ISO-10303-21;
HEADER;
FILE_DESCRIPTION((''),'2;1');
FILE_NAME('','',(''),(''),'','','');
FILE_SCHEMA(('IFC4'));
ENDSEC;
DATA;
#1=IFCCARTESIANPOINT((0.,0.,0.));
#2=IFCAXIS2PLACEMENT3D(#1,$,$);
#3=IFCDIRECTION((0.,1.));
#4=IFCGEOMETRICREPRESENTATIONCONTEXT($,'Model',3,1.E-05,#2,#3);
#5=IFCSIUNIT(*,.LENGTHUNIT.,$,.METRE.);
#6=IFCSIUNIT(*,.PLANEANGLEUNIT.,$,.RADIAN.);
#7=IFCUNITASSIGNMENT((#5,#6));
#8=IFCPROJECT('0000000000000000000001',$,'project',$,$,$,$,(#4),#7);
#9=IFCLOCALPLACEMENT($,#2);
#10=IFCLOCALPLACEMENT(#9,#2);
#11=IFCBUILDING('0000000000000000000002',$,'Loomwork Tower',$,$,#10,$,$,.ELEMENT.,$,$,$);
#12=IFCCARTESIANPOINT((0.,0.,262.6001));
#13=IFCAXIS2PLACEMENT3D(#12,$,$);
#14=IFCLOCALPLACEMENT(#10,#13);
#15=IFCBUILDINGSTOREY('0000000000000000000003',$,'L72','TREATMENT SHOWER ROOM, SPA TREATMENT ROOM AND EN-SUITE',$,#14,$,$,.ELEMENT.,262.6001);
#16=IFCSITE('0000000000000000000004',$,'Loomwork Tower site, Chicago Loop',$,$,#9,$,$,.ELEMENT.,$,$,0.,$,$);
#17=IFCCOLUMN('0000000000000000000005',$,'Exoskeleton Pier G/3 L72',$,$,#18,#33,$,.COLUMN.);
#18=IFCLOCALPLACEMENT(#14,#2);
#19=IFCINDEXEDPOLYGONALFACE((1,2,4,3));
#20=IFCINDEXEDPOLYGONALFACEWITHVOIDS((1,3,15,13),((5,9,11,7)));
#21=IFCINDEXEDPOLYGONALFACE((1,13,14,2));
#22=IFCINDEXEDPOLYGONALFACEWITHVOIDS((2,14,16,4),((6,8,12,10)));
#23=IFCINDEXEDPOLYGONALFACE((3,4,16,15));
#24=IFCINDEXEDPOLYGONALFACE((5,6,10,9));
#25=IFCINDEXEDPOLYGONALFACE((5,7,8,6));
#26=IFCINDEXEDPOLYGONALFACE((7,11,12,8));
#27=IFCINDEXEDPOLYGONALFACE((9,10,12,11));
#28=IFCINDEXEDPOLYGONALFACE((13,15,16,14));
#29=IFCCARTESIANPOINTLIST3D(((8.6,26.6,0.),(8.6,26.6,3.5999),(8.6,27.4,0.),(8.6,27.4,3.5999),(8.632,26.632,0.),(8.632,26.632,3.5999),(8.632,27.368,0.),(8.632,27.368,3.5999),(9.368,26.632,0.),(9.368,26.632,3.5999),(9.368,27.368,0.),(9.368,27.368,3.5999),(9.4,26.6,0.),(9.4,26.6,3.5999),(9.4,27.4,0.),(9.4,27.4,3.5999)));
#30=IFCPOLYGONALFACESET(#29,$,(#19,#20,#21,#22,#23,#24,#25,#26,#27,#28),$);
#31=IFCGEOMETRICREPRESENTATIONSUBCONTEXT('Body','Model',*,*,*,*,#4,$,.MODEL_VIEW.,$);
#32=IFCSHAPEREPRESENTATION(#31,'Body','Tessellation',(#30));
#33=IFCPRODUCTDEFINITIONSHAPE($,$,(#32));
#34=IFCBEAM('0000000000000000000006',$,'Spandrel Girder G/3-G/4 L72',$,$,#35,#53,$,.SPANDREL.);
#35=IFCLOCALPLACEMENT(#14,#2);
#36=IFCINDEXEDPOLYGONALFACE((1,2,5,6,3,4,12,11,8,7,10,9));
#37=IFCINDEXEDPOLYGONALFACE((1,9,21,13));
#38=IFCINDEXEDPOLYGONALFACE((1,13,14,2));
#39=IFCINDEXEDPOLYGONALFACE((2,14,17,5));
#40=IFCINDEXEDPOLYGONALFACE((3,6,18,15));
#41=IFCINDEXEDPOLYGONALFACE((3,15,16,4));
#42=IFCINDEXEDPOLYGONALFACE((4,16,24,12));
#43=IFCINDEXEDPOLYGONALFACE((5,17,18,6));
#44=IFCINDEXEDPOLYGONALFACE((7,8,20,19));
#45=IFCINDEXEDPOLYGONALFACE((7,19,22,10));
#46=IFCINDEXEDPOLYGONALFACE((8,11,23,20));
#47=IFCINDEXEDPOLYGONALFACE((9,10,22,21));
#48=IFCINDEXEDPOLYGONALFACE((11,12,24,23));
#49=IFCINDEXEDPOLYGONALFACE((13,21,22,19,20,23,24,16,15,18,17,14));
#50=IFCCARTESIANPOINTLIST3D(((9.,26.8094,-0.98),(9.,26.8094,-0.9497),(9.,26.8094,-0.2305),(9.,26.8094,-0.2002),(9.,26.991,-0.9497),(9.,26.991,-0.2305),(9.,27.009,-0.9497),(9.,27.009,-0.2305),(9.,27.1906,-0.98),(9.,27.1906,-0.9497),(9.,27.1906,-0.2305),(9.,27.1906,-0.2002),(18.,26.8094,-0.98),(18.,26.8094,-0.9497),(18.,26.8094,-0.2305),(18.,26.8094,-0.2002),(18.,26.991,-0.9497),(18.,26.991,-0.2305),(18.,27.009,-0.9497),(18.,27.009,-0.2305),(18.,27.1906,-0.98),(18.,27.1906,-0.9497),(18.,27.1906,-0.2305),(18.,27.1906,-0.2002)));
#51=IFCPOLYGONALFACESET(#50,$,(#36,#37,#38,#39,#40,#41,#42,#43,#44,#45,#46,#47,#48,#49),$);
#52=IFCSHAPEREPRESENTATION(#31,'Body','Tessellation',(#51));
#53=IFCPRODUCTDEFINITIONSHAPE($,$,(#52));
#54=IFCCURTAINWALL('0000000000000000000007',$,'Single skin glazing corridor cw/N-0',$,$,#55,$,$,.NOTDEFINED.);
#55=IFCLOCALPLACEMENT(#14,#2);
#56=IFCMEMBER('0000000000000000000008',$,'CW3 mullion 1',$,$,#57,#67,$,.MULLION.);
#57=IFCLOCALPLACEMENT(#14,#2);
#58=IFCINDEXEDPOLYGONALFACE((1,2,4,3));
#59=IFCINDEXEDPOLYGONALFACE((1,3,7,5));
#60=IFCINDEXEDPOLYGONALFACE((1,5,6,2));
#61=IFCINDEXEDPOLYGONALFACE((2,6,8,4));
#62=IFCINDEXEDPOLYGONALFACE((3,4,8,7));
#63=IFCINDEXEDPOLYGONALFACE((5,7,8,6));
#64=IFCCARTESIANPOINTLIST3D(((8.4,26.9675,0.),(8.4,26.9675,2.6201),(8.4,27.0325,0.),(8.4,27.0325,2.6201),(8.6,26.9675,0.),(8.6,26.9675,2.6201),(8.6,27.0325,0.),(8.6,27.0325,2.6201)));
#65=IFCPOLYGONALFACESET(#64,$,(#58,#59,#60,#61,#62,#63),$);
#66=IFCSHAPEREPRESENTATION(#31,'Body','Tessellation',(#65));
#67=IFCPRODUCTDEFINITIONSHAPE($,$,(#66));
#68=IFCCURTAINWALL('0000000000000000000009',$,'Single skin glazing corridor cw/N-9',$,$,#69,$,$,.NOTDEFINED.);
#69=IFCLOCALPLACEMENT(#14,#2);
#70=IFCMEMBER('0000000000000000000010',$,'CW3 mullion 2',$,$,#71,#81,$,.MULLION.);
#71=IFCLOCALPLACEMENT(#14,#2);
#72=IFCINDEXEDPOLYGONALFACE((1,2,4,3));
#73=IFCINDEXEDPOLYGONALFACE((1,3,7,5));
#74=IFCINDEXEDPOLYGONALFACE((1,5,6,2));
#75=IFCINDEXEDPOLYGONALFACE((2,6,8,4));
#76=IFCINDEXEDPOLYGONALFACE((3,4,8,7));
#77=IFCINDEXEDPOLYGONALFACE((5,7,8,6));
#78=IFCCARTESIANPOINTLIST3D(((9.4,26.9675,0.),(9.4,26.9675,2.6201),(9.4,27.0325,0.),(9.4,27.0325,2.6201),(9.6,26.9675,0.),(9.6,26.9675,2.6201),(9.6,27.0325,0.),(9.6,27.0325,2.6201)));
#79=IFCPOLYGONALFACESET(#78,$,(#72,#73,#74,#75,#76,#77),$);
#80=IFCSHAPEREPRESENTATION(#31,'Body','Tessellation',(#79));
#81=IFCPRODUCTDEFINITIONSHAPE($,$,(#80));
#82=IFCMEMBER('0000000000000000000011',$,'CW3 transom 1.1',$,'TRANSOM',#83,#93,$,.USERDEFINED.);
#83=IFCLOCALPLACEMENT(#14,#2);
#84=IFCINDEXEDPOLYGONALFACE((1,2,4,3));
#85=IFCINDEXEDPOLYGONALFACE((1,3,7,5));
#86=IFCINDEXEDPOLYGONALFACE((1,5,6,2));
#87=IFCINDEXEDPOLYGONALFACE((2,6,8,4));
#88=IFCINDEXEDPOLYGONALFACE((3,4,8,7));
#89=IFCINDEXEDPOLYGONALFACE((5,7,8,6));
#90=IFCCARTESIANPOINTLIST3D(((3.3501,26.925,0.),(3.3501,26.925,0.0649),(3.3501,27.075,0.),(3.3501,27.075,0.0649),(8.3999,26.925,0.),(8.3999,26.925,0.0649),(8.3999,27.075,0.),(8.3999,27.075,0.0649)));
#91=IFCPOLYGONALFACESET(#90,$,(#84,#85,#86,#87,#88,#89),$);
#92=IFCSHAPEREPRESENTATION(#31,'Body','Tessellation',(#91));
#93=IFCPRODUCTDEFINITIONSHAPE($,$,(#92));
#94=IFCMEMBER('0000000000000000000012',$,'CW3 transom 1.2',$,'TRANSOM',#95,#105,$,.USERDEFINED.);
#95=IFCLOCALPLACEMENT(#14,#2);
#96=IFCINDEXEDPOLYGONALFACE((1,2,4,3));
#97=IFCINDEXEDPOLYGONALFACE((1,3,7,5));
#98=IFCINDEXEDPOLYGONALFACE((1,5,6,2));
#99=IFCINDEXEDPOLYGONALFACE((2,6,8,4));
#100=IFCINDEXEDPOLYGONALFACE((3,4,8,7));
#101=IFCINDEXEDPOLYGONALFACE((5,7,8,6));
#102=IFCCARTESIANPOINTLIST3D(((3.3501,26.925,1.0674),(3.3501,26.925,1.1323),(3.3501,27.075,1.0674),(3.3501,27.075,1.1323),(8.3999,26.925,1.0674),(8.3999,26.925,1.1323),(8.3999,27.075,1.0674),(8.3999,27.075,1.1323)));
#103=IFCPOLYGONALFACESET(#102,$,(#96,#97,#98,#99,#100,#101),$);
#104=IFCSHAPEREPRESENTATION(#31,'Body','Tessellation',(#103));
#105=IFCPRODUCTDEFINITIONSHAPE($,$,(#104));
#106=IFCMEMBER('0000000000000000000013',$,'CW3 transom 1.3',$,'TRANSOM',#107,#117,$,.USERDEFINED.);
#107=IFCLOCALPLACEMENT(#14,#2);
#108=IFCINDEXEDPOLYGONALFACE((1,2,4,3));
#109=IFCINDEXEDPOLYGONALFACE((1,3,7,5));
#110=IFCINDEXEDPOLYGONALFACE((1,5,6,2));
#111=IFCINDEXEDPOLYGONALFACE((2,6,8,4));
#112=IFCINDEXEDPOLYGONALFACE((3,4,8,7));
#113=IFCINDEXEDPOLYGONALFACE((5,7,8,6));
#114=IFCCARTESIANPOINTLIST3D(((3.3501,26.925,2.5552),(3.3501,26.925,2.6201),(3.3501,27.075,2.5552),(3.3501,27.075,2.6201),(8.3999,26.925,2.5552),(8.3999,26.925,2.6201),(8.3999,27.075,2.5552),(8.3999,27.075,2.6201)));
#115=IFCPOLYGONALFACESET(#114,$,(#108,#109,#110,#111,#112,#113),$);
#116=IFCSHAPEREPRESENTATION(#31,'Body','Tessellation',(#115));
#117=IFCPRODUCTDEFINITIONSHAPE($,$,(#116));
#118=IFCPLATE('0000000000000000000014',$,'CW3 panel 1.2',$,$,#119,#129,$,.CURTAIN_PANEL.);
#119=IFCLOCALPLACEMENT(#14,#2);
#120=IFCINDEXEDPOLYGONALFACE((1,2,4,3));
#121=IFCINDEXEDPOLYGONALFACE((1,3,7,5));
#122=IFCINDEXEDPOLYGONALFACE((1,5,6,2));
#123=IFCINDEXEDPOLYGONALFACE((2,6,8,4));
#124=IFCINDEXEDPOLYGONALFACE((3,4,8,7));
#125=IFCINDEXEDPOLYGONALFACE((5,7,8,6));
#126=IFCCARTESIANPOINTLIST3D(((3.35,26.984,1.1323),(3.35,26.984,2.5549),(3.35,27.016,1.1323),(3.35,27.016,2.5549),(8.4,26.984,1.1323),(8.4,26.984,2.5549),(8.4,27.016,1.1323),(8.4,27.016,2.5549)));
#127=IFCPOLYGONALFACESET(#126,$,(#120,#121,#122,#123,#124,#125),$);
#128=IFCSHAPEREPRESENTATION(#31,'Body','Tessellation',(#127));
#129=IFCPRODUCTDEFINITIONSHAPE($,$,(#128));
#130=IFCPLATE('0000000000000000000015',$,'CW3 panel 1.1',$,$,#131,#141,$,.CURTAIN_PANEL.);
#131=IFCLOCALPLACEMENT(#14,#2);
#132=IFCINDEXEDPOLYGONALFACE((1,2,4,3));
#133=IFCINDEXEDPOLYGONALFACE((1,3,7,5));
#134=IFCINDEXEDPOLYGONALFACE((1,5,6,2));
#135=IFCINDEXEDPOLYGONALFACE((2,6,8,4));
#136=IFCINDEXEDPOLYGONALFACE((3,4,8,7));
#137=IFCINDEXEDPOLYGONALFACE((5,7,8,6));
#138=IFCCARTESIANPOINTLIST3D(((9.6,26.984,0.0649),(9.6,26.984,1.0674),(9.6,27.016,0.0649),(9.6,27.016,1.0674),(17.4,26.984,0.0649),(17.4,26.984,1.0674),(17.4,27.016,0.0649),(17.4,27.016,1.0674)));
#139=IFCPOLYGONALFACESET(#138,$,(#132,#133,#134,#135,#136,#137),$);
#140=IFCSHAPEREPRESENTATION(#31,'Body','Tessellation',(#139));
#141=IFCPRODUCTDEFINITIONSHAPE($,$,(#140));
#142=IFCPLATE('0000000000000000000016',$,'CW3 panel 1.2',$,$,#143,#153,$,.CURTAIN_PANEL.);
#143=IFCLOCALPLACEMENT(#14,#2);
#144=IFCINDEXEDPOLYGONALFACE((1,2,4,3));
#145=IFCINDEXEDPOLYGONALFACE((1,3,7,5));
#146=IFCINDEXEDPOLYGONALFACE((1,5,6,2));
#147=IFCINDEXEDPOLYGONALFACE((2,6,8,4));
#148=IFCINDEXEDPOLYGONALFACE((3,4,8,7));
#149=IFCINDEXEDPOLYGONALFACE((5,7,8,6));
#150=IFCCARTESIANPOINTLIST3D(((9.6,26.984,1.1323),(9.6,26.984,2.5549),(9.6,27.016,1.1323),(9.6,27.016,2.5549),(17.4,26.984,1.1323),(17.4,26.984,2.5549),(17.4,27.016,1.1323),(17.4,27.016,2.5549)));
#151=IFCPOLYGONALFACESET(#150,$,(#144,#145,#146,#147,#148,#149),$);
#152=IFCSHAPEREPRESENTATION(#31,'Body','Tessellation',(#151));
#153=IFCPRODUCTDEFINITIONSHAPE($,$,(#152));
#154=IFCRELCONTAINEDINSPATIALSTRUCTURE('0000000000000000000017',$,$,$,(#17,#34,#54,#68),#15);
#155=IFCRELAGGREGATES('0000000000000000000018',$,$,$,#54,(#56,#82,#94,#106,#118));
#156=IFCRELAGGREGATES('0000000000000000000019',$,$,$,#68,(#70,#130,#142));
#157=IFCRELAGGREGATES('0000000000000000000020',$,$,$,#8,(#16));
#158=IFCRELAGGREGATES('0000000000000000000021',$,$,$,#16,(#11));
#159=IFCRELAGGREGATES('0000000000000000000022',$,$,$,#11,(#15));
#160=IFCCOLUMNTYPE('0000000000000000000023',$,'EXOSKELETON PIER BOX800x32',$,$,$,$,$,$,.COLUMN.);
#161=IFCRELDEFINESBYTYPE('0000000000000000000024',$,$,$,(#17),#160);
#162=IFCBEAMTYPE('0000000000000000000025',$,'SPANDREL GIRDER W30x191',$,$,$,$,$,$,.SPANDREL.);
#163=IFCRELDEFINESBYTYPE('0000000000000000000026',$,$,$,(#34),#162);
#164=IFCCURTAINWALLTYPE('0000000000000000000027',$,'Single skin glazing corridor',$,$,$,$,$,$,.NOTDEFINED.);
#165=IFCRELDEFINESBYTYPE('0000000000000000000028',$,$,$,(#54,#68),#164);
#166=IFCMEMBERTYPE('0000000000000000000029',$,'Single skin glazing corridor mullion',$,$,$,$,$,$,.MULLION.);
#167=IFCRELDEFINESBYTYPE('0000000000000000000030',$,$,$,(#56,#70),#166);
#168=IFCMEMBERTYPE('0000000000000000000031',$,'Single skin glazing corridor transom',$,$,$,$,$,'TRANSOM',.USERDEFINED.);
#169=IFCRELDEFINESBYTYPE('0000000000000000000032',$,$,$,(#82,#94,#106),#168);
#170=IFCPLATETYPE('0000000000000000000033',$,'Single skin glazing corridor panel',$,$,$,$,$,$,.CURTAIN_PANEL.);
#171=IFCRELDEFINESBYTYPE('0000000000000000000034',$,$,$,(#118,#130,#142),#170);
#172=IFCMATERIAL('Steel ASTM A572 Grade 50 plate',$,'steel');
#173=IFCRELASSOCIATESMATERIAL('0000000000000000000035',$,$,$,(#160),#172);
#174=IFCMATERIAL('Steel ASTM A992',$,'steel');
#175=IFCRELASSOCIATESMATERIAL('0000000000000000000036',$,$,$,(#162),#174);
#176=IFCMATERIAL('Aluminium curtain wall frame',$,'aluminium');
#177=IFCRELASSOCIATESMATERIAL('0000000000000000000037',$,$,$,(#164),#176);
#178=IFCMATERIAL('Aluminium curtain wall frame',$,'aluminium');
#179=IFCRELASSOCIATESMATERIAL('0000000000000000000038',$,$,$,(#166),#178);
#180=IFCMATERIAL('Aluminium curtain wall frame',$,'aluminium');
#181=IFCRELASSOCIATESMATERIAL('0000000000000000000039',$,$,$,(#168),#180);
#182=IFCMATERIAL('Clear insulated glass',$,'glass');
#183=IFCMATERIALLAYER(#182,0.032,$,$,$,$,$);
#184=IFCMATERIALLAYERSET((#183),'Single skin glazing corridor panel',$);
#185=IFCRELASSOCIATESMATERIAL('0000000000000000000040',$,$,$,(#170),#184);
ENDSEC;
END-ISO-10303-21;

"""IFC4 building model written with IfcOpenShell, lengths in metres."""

from ifc_helpers import new_model, si_unit, direction, frame, origin, origin_2d, place, context, subcontext, project, spatial, rectangle, hollow_rectangle, i_section, extrude, material, layer, layer_set, material_profile, profile_set, type_object, element, aggregate, save


model = new_model("IFC4")

# Units and contexts
model_context = context("Model", 3, precision=1e-05, world=origin(), true_north=direction((0.0, 1.0)))
body_context = subcontext(model_context, "Body", "Model", "MODEL_VIEW")
ifc_project = project(units=[si_unit("LENGTHUNIT", "METRE"), si_unit("PLANEANGLEUNIT", "RADIAN")], contexts=[model_context])

# Site, building, storey
site_placement = place(None, origin())
site = spatial("IfcSite", under=ifc_project, at=site_placement, Name="Loomwork Tower site, Chicago Loop", CompositionType="ELEMENT", RefElevation=0.0)
building_placement = place(site_placement, origin())
building = spatial("IfcBuilding", under=site, at=building_placement, Name="Loomwork Tower", CompositionType="ELEMENT")
storey_placement = place(building_placement, frame((0.0, 0.0, 262.6001)))
storey = spatial("IfcBuildingStorey", under=building, at=storey_placement, Name="L72", Description="TREATMENT SHOWER ROOM, SPA TREATMENT ROOM AND EN-SUITE", CompositionType="ELEMENT", Elevation=262.6001)

# Column
ifc_material_1 = material(Name="Steel ASTM A572 Grade 50 plate", Category="steel")
ifc_material_profile_1 = material_profile(ifc_material_1, hollow_rectangle(XDim=0.8, YDim=0.8, WallThickness=0.032, at=origin_2d()), Name="BOX800x32")
ifc_profile_set_1 = profile_set([ifc_material_profile_1], Name="Steel ASTM A572 Grade 50 plate")
column_type = type_object("IfcColumnType", Name="EXOSKELETON PIER BOX800x32", PredefinedType="COLUMN", material=ifc_profile_set_1)
column_placement = place(storey_placement, frame((9.0, 27.0, 0.0), z_axis=(0.0, 0.0, 1.0), x_axis=(1.0, 0.0, 0.0)))
element("IfcColumn", 1, at=column_placement, inside=storey, type_object=column_type, Name="Exoskeleton Pier G/3 L72", PredefinedType="COLUMN", context=body_context, shape_type="SweptSolid", body=[
    extrude(hollow_rectangle(XDim=0.8, YDim=0.8, WallThickness=0.032, at=origin_2d()), origin(), (0.0, 0.0, 1.0), 3.5999),
])

# Beam
ifc_material_2 = material(Name="Steel ASTM A992", Category="steel")
ifc_material_profile_2 = material_profile(ifc_material_2, i_section(OverallWidth=0.3811, OverallDepth=0.7798, WebThickness=0.0181, FlangeThickness=0.0303, at=origin_2d()), Name="W30x191")
ifc_profile_set_2 = profile_set([ifc_material_profile_2], Name="Steel ASTM A992")
beam_type = type_object("IfcBeamType", Name="SPANDREL GIRDER W30x191", PredefinedType="SPANDREL", material=ifc_profile_set_2)
beam_placement = place(storey_placement, frame((9.0, 27.0, -0.5901), z_axis=(1.0, 0.0, 0.0), x_axis=(0.0, 1.0, 0.0)))
element("IfcBeam", 2, at=beam_placement, inside=storey, type_object=beam_type, Name="Spandrel Girder G/3-G/4 L72", PredefinedType="SPANDREL", context=body_context, shape_type="SweptSolid", body=[
    extrude(i_section(OverallWidth=0.3811, OverallDepth=0.7798, WebThickness=0.0181, FlangeThickness=0.0303, at=origin_2d()), origin(), (0.0, 0.0, 1.0), 9.0),
])

# Curtain walls, members
ifc_material_3 = material(Name="Aluminium curtain wall frame", Category="aluminium")
curtain_wall_type = type_object("IfcCurtainWallType", Name="Single skin glazing corridor", PredefinedType="NOTDEFINED", material=ifc_material_3)
curtain_wall_1_placement = place(storey_placement, origin())
curtain_wall_1 = element("IfcCurtainWall", 3, at=curtain_wall_1_placement, inside=storey, type_object=curtain_wall_type, Name="Single skin glazing corridor cw/N-0", PredefinedType="NOTDEFINED")
ifc_material_4 = material(Name="Aluminium curtain wall frame", Category="aluminium")
ifc_material_profile_3 = material_profile(ifc_material_4, rectangle(XDim=0.0649, YDim=0.2, at=origin_2d()), Name="AL 65x200")
ifc_profile_set_3 = profile_set([ifc_material_profile_3], Name="Aluminium curtain wall frame")
member_type_1 = type_object("IfcMemberType", Name="Single skin glazing corridor mullion", PredefinedType="MULLION", material=ifc_profile_set_3)
member_1_placement = place(storey_placement, frame((8.5, 27.0, 0.0), z_axis=(0.0, 0.0, 1.0), x_axis=(0.0, -1.0, 0.0)))
member_1 = element("IfcMember", 4, at=member_1_placement, type_object=member_type_1, Name="CW3 mullion 1", PredefinedType="MULLION", context=body_context, shape_type="SweptSolid", body=[
    extrude(rectangle(XDim=0.0649, YDim=0.2, at=origin_2d()), origin(), (0.0, 0.0, 1.0), 2.6201),
])
curtain_wall_2_placement = place(storey_placement, origin())
curtain_wall_2 = element("IfcCurtainWall", 5, at=curtain_wall_2_placement, inside=storey, type_object=curtain_wall_type, Name="Single skin glazing corridor cw/N-9", PredefinedType="NOTDEFINED")
member_2_placement = place(storey_placement, frame((9.5, 27.0, 0.0), z_axis=(0.0, 0.0, 1.0), x_axis=(0.0, -1.0, 0.0)))
member_2 = element("IfcMember", 6, at=member_2_placement, type_object=member_type_1, Name="CW3 mullion 2", PredefinedType="MULLION", context=body_context, shape_type="SweptSolid", body=[
    extrude(rectangle(XDim=0.0649, YDim=0.2, at=origin_2d()), origin(), (0.0, 0.0, 1.0), 2.6201),
])

# Members
ifc_material_5 = material(Name="Aluminium curtain wall frame", Category="aluminium")
ifc_material_profile_4 = material_profile(ifc_material_5, rectangle(XDim=0.1499, YDim=0.0649, at=origin_2d()), Name="AL 65x150")
ifc_profile_set_4 = profile_set([ifc_material_profile_4], Name="Aluminium curtain wall frame")
member_type_2 = type_object("IfcMemberType", Name="Single skin glazing corridor transom", ElementType="TRANSOM", PredefinedType="USERDEFINED", material=ifc_profile_set_4)
member_3_placement = place(storey_placement, frame((8.3999, 27.0, 0.0325), z_axis=(-1.0, 0.0, 0.0), x_axis=(0.0, -1.0, 0.0)))
member_3 = element("IfcMember", 7, at=member_3_placement, type_object=member_type_2, Name="CW3 transom 1.1", ObjectType="TRANSOM", PredefinedType="USERDEFINED", context=body_context, shape_type="SweptSolid", body=[
    extrude(rectangle(XDim=0.1499, YDim=0.0649, at=origin_2d()), origin(), (0.0, 0.0, 1.0), 5.0498),
])
member_4_placement = place(storey_placement, frame((8.3999, 27.0, 1.0999), z_axis=(-1.0, 0.0, 0.0), x_axis=(0.0, -1.0, 0.0)))
member_4 = element("IfcMember", 8, at=member_4_placement, type_object=member_type_2, Name="CW3 transom 1.2", ObjectType="TRANSOM", PredefinedType="USERDEFINED", context=body_context, shape_type="SweptSolid", body=[
    extrude(rectangle(XDim=0.1499, YDim=0.0649, at=origin_2d()), origin(), (0.0, 0.0, 1.0), 5.0498),
])
member_5_placement = place(storey_placement, frame((8.3999, 27.0, 2.5876), z_axis=(-1.0, 0.0, 0.0), x_axis=(0.0, -1.0, 0.0)))
member_5 = element("IfcMember", 9, at=member_5_placement, type_object=member_type_2, Name="CW3 transom 1.3", ObjectType="TRANSOM", PredefinedType="USERDEFINED", context=body_context, shape_type="SweptSolid", body=[
    extrude(rectangle(XDim=0.1499, YDim=0.0649, at=origin_2d()), origin(), (0.0, 0.0, 1.0), 5.0498),
])

# Plates
ifc_material_6 = material(Name="Clear insulated glass", Category="glass")
ifc_layer_1 = layer(ifc_material_6, 0.032)
ifc_layer_set_1 = layer_set([ifc_layer_1], Name="Single skin glazing corridor panel")
plate_type = type_object("IfcPlateType", Name="Single skin glazing corridor panel", PredefinedType="CURTAIN_PANEL", material=ifc_layer_set_1)
plate_1_placement = place(storey_placement, frame((5.875, 27.0, 1.1323), z_axis=(0.0, 0.0, 1.0), x_axis=(-1.0, 0.0, 0.0)))
plate_1 = element("IfcPlate", 10, at=plate_1_placement, type_object=plate_type, Name="CW3 panel 1.2", PredefinedType="CURTAIN_PANEL", context=body_context, shape_type="SweptSolid", body=[
    extrude(rectangle(XDim=5.05, YDim=0.032, at=origin_2d()), origin(), (0.0, 0.0, 1.0), 1.4226),
])
aggregate(curtain_wall_1, [member_1, member_3, member_4, member_5, plate_1])
plate_2_placement = place(storey_placement, frame((13.5, 27.0, 0.0649), z_axis=(0.0, 0.0, 1.0), x_axis=(-1.0, 0.0, 0.0)))
plate_2 = element("IfcPlate", 11, at=plate_2_placement, type_object=plate_type, Name="CW3 panel 1.1", PredefinedType="CURTAIN_PANEL", context=body_context, shape_type="SweptSolid", body=[
    extrude(rectangle(XDim=7.8, YDim=0.032, at=origin_2d()), origin(), (0.0, 0.0, 1.0), 1.0024),
])
plate_3_placement = place(storey_placement, frame((13.5, 27.0, 1.1323), z_axis=(0.0, 0.0, 1.0), x_axis=(-1.0, 0.0, 0.0)))
plate_3 = element("IfcPlate", 12, at=plate_3_placement, type_object=plate_type, Name="CW3 panel 1.2", PredefinedType="CURTAIN_PANEL", context=body_context, shape_type="SweptSolid", body=[
    extrude(rectangle(XDim=7.8, YDim=0.032, at=origin_2d()), origin(), (0.0, 0.0, 1.0), 1.4226),
])
aggregate(curtain_wall_2, [member_2, plate_2, plate_3])

save(model, "model.ifc")
